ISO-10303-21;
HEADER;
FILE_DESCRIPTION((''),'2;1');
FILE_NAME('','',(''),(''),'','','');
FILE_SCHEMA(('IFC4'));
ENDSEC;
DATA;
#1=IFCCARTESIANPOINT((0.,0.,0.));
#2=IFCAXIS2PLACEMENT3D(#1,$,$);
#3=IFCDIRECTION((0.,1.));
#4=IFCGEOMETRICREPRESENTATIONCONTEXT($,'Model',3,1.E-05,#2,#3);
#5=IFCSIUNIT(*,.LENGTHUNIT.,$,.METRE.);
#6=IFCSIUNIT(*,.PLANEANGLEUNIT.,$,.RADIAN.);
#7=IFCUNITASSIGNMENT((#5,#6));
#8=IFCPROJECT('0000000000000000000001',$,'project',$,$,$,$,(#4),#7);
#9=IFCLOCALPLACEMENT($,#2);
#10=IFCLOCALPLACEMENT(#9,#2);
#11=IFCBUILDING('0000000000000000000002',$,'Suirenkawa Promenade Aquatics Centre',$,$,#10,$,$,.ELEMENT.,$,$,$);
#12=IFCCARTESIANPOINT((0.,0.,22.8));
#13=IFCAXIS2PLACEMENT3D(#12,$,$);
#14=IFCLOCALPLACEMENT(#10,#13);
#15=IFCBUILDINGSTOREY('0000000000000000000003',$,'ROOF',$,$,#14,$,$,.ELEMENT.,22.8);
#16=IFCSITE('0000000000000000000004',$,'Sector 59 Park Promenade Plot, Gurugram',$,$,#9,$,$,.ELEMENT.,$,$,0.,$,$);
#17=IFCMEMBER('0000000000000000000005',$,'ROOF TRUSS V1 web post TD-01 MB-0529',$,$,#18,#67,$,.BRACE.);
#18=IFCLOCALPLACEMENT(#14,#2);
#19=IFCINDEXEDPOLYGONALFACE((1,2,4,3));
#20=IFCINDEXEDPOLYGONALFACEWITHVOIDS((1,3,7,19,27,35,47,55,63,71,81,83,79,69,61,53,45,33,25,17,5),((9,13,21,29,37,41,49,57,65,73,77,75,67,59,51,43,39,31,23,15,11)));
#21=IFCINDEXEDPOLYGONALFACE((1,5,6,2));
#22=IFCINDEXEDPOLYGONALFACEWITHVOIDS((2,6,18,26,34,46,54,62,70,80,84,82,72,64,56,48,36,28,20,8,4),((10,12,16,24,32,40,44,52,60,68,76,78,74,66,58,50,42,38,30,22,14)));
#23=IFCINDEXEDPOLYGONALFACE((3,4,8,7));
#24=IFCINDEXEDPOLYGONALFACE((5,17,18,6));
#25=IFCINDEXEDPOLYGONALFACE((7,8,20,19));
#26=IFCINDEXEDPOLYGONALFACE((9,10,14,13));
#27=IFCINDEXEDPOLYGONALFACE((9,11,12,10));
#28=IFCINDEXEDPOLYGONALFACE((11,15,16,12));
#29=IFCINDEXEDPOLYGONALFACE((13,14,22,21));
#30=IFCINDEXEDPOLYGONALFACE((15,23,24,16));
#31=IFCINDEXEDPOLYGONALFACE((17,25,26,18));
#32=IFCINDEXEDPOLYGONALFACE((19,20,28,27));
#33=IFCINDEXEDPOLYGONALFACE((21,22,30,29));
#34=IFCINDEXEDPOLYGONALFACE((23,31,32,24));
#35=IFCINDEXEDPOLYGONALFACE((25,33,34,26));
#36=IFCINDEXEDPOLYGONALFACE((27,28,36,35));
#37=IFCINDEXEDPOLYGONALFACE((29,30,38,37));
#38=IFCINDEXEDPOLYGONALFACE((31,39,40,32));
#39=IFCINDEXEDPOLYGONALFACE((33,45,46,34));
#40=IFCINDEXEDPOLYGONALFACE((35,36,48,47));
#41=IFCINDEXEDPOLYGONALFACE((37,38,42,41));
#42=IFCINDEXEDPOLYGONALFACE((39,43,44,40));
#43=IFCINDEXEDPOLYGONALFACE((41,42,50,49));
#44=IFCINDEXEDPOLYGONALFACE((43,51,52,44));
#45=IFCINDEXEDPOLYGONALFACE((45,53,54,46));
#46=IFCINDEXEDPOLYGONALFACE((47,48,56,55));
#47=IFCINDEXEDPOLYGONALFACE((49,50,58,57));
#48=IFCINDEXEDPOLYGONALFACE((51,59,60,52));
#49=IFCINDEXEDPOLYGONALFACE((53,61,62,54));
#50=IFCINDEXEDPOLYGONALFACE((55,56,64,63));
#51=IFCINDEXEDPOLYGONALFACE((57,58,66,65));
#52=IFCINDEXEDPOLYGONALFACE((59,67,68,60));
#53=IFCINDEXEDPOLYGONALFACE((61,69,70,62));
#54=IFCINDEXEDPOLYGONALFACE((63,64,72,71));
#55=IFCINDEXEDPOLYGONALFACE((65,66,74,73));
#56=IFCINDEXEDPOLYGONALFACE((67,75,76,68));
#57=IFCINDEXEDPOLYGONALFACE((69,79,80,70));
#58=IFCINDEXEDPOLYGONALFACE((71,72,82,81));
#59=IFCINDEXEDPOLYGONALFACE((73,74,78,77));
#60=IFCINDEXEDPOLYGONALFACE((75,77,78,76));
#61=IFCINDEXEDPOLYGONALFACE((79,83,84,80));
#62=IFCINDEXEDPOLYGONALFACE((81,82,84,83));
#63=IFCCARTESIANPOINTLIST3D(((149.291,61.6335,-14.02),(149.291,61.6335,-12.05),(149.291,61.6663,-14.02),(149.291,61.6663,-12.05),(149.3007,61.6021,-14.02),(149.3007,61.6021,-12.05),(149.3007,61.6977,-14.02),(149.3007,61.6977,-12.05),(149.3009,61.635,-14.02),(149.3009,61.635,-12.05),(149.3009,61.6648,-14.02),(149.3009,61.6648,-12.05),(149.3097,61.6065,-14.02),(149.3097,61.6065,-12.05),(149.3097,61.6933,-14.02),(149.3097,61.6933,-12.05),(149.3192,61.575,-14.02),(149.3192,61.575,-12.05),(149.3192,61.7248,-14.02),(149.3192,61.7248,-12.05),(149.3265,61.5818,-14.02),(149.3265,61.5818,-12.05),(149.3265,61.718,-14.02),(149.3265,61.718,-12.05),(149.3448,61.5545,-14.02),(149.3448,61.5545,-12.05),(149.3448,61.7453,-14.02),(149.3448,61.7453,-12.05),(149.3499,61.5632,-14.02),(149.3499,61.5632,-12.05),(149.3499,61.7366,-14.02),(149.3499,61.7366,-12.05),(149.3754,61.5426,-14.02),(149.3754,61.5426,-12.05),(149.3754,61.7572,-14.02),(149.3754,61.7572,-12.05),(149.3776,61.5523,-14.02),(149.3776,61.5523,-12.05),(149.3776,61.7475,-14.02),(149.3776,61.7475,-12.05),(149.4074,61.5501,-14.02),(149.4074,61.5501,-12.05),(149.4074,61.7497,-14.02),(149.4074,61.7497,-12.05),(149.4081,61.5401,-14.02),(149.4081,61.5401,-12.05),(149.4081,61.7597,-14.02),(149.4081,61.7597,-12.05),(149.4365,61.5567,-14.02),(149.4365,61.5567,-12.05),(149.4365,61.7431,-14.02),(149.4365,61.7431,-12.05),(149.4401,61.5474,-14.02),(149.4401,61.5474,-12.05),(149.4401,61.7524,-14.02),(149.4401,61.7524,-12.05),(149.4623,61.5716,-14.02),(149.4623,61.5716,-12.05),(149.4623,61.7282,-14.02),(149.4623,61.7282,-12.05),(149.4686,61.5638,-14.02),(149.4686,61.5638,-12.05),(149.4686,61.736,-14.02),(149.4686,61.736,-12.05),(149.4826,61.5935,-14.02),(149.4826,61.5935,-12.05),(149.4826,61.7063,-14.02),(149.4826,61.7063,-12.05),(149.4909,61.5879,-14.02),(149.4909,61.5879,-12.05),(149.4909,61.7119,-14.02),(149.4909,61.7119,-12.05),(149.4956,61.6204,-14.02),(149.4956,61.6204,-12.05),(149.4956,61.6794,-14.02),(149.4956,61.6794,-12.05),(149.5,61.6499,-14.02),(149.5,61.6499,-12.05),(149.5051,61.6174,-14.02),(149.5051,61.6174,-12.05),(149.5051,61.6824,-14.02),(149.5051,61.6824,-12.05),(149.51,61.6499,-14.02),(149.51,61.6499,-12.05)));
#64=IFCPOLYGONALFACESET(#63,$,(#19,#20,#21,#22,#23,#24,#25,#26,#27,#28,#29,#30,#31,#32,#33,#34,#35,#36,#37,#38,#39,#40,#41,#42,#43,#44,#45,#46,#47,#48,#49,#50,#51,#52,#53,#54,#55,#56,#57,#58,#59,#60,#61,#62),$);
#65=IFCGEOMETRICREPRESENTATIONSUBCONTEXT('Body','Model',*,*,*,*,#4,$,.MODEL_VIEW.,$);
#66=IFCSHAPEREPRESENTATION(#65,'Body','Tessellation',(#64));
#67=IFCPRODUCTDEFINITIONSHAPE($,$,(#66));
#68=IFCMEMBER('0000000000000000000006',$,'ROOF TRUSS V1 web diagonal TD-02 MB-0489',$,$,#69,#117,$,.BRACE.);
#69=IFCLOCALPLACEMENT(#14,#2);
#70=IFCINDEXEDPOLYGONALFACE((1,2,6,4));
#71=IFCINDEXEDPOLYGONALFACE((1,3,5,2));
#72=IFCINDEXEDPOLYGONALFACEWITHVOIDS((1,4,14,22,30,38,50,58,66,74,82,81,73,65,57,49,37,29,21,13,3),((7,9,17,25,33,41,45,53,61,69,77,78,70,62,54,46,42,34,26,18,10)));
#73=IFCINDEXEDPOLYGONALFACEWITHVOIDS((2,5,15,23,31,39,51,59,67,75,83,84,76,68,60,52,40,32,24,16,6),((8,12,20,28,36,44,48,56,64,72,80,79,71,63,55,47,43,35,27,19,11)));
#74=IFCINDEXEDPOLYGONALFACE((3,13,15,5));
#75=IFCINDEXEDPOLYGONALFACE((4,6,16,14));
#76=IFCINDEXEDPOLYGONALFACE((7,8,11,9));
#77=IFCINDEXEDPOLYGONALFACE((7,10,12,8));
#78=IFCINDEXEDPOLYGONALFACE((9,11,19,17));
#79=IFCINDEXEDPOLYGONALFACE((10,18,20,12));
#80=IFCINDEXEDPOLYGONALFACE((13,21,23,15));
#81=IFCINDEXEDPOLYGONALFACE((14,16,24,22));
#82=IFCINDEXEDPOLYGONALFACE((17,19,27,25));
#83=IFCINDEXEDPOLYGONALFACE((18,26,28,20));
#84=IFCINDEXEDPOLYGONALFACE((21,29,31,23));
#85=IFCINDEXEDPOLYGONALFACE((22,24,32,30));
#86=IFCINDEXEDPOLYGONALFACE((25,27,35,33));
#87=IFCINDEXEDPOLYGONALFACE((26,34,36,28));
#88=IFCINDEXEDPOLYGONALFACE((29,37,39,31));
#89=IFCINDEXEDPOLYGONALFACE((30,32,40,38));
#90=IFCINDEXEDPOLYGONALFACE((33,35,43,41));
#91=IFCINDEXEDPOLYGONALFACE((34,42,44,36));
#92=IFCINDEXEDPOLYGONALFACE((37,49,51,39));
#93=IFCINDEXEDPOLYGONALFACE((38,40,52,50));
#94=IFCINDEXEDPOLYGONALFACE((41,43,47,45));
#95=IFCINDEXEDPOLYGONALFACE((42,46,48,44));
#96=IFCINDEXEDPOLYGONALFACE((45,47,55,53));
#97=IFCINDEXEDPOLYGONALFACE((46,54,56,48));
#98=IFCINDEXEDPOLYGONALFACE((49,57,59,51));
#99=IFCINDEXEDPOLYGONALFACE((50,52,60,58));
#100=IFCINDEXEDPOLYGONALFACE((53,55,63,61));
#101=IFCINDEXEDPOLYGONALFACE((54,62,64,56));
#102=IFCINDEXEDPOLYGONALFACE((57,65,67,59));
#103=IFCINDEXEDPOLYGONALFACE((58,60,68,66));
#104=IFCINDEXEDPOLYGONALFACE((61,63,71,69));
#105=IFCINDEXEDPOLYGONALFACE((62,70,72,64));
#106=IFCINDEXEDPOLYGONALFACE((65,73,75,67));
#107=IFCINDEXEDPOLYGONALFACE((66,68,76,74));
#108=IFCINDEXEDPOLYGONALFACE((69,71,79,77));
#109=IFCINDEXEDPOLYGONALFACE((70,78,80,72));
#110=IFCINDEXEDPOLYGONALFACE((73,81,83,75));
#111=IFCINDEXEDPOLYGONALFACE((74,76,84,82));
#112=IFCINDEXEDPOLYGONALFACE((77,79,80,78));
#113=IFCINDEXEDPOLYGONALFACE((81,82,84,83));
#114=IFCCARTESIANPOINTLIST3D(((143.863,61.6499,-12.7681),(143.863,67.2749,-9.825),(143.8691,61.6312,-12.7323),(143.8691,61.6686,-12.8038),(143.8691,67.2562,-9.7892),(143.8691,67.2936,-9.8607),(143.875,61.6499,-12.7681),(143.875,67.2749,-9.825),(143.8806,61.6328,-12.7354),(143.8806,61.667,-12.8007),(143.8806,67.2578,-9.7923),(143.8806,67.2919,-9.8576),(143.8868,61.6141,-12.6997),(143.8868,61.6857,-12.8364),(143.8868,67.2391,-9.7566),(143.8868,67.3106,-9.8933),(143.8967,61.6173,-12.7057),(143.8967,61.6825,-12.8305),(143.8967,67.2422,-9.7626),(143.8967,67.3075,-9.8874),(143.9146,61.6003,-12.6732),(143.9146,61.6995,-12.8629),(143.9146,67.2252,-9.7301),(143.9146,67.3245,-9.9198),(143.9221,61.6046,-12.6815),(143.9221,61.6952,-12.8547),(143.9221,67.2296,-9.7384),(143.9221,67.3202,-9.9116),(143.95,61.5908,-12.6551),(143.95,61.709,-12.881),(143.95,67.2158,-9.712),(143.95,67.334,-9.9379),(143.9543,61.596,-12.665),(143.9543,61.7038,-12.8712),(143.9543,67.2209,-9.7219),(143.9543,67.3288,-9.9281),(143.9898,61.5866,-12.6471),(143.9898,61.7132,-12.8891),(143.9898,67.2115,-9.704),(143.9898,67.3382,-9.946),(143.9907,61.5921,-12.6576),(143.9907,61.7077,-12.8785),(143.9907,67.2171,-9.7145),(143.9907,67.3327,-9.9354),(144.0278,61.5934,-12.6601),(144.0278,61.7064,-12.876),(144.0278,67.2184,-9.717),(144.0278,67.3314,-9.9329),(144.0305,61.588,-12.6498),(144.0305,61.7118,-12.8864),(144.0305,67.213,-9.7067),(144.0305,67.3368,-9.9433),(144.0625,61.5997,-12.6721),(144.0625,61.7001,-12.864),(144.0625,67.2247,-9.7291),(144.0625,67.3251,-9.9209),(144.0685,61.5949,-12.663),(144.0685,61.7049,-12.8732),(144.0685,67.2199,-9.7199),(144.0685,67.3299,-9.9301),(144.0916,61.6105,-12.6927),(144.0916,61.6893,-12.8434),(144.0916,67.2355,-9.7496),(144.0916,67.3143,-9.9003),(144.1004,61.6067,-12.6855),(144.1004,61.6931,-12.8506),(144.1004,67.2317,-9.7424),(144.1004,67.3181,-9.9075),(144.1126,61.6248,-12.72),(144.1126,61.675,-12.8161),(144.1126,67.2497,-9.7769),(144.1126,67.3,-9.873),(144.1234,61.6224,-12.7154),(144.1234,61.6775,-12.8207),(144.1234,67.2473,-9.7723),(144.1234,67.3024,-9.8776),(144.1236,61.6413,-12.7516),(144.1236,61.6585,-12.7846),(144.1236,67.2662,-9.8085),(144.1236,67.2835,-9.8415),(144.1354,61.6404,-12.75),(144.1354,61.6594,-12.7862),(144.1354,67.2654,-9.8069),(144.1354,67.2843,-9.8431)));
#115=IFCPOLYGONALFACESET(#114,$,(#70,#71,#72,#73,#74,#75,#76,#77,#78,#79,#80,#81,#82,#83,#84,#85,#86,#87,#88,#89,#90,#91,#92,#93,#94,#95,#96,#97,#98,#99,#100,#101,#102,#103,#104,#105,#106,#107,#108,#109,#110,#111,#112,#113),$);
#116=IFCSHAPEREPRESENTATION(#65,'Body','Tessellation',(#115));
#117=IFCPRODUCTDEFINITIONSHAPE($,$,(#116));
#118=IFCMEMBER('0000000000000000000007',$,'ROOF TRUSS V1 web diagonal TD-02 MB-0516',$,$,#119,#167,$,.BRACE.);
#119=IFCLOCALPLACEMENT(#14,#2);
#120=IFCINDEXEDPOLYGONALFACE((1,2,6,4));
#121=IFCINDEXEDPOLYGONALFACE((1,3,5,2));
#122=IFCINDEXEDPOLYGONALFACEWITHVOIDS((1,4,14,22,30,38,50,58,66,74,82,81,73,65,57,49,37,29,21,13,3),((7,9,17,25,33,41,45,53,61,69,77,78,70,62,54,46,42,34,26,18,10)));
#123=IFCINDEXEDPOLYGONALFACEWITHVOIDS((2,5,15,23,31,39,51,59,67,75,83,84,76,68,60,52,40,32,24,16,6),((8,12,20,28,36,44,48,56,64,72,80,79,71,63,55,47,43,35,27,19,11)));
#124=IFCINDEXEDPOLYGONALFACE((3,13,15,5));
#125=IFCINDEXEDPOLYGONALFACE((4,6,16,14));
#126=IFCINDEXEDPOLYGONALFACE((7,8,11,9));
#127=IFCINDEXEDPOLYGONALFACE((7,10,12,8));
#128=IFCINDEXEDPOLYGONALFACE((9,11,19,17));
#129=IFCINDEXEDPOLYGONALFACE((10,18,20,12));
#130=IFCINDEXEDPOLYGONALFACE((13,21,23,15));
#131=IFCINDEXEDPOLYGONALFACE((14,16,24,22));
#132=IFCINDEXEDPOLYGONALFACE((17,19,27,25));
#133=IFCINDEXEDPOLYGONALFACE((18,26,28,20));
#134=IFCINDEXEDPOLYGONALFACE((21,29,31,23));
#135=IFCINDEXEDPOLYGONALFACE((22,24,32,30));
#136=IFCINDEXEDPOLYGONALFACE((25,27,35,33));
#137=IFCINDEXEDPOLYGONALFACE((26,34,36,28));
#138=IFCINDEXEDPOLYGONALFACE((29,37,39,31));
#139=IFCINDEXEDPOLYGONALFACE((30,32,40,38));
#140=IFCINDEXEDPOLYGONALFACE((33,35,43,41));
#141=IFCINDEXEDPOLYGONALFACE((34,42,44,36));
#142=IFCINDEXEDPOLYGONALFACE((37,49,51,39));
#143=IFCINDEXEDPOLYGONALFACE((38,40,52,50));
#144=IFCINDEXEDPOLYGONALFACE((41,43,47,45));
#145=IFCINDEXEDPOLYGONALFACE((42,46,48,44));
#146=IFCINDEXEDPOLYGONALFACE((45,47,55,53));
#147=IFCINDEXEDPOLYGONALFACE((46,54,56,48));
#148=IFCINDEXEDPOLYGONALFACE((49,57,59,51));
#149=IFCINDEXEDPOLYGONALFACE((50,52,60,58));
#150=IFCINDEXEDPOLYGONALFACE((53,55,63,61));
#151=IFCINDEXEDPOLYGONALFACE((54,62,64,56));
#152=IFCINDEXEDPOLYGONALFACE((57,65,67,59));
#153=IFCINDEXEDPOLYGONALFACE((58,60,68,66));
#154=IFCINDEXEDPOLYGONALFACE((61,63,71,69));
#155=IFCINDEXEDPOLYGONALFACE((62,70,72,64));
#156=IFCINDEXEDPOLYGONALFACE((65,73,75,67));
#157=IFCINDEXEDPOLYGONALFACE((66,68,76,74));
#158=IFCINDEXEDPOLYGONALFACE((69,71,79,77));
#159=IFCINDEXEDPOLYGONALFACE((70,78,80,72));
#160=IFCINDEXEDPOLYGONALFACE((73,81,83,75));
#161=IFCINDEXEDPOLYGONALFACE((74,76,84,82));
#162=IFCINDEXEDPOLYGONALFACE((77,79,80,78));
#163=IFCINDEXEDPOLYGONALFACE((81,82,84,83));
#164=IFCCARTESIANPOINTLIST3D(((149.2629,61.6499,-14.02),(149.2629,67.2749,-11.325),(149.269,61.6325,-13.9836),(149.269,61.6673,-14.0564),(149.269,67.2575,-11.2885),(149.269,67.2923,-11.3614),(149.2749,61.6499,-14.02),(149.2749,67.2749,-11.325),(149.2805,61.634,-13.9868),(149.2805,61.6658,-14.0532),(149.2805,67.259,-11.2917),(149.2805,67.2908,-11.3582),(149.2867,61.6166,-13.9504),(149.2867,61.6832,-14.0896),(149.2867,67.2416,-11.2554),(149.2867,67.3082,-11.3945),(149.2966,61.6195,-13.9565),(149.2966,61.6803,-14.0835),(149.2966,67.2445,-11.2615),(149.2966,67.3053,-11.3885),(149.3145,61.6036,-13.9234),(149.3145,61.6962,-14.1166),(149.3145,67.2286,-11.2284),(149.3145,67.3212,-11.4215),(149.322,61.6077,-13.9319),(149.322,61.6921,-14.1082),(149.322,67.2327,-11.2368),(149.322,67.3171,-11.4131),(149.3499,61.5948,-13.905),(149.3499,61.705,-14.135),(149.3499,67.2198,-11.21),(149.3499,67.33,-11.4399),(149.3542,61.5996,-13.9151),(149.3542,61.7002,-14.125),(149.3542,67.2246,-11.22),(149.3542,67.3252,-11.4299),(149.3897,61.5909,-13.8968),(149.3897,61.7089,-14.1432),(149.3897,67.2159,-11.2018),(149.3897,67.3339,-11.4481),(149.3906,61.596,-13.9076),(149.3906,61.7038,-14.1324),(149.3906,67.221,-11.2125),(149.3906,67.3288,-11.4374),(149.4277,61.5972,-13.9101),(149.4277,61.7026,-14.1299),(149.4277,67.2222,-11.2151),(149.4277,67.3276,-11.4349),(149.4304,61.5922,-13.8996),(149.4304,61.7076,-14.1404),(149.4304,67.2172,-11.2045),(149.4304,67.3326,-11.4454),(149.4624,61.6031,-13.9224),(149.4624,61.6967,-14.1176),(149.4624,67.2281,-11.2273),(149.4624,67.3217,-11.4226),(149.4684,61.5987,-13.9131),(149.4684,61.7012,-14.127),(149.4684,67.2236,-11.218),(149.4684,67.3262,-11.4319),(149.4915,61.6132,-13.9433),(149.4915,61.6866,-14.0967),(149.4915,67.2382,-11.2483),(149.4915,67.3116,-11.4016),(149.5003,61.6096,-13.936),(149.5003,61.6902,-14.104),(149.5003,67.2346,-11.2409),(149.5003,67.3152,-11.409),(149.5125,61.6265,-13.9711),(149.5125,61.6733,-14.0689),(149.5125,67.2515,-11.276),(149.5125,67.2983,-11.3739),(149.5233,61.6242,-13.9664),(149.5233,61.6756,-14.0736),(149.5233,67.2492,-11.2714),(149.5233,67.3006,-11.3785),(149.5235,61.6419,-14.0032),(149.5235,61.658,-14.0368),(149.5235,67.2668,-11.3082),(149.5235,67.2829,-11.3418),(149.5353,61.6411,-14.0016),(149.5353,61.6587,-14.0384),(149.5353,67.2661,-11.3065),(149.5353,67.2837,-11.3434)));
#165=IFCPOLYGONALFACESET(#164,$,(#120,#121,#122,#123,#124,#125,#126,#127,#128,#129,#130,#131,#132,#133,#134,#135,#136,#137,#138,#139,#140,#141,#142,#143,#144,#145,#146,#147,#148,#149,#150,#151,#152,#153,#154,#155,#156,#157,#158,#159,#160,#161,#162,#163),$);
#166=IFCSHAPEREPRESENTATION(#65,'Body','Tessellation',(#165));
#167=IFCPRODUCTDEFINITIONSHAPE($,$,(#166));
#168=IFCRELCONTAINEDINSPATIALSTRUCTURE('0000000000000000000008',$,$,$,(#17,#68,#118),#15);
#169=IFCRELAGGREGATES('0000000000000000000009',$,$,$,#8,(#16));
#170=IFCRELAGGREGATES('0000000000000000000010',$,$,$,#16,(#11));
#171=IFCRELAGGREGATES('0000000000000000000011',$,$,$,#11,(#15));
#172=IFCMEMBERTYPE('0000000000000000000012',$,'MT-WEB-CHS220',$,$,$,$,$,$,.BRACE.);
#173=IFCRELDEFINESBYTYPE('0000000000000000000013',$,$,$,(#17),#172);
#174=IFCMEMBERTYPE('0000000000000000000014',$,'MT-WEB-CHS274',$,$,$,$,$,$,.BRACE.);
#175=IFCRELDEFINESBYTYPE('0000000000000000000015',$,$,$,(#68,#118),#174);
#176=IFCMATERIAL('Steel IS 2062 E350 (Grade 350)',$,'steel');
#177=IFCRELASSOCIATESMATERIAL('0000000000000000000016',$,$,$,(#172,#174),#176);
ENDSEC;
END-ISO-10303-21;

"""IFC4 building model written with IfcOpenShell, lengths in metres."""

from ifc_helpers import new_model, si_unit, direction, frame, origin, origin_2d, place, context, subcontext, project, spatial, hollow_circle, extrude, material, material_profile, profile_set, type_object, element, save


model = new_model("IFC4")

# Units and contexts
model_context = context("Model", 3, precision=1e-05, world=origin(), true_north=direction((0.0, 1.0)))
body_context = subcontext(model_context, "Body", "Model", "MODEL_VIEW")
ifc_project = project(units=[si_unit("LENGTHUNIT", "METRE"), si_unit("PLANEANGLEUNIT", "RADIAN")], contexts=[model_context])

# Site, building, storey
site_placement = place(None, origin())
site = spatial("IfcSite", under=ifc_project, at=site_placement, Name="Sector 59 Park Promenade Plot, Gurugram", CompositionType="ELEMENT", RefElevation=0.0)
building_placement = place(site_placement, origin())
building = spatial("IfcBuilding", under=site, at=building_placement, Name="Suirenkawa Promenade Aquatics Centre", CompositionType="ELEMENT")
storey_placement = place(building_placement, frame((0.0, 0.0, 22.8)))
storey = spatial("IfcBuildingStorey", under=building, at=storey_placement, Name="ROOF", CompositionType="ELEMENT", Elevation=22.8)

# Shared definitions
ifc_material = material(Name="Steel IS 2062 E350 (Grade 350)", Category="steel")

# Members
ifc_material_profile_1 = material_profile(ifc_material, hollow_circle(Radius=0.1101, WallThickness=0.01, at=origin_2d()), Name="CHS 220x10", Category="steel")
ifc_profile_set_1 = profile_set([ifc_material_profile_1], Name="Steel IS 2062 E350 (Grade 350)")
member_type_1 = type_object("IfcMemberType", Name="MT-WEB-CHS220", PredefinedType="BRACE", material=ifc_profile_set_1)
member_1_placement = place(storey_placement, frame((149.3999, 61.6499, -14.02), z_axis=(0.0, 0.0, 1.0), x_axis=(1.0, 0.0, 0.0)))
element("IfcMember", 1, at=member_1_placement, inside=storey, type_object=member_type_1, Name="ROOF TRUSS V1 web post TD-01 MB-0529", PredefinedType="BRACE", context=body_context, shape_type="SweptSolid", body=[
    extrude(hollow_circle(Radius=0.1101, WallThickness=0.01, at=origin_2d()), origin(), (0.0, 0.0, 1.0), 1.97),
])
ifc_material_profile_2 = material_profile(ifc_material, hollow_circle(Radius=0.137, WallThickness=0.012, at=origin_2d()), Name="CHS 274x12", Category="steel")
ifc_profile_set_2 = profile_set([ifc_material_profile_2], Name="Steel IS 2062 E350 (Grade 350)")
member_type_2 = type_object("IfcMemberType", Name="MT-WEB-CHS274", PredefinedType="BRACE", material=ifc_profile_set_2)
member_2_placement = place(storey_placement, frame((144.0, 61.6499, -12.7681), z_axis=(0.0, 0.886046, 0.463597), x_axis=(-1.0, 0.0, 0.0)))
element("IfcMember", 2, at=member_2_placement, inside=storey, type_object=member_type_2, Name="ROOF TRUSS V1 web diagonal TD-02 MB-0489", PredefinedType="BRACE", context=body_context, shape_type="SweptSolid", body=[
    extrude(hollow_circle(Radius=0.137, WallThickness=0.012, at=origin_2d()), origin(), (0.0, 0.0, 1.0), 6.3484),
])
member_3_placement = place(storey_placement, frame((149.3999, 61.6499, -14.02), z_axis=(0.0, 0.901831, 0.432088), x_axis=(-1.0, 0.0, 0.0)))
element("IfcMember", 3, at=member_3_placement, inside=storey, type_object=member_type_2, Name="ROOF TRUSS V1 web diagonal TD-02 MB-0516", PredefinedType="BRACE", context=body_context, shape_type="SweptSolid", body=[
    extrude(hollow_circle(Radius=0.137, WallThickness=0.012, at=origin_2d()), origin(), (0.0, 0.0, 1.0), 6.2373),
])

save(model, "model.ifc")
